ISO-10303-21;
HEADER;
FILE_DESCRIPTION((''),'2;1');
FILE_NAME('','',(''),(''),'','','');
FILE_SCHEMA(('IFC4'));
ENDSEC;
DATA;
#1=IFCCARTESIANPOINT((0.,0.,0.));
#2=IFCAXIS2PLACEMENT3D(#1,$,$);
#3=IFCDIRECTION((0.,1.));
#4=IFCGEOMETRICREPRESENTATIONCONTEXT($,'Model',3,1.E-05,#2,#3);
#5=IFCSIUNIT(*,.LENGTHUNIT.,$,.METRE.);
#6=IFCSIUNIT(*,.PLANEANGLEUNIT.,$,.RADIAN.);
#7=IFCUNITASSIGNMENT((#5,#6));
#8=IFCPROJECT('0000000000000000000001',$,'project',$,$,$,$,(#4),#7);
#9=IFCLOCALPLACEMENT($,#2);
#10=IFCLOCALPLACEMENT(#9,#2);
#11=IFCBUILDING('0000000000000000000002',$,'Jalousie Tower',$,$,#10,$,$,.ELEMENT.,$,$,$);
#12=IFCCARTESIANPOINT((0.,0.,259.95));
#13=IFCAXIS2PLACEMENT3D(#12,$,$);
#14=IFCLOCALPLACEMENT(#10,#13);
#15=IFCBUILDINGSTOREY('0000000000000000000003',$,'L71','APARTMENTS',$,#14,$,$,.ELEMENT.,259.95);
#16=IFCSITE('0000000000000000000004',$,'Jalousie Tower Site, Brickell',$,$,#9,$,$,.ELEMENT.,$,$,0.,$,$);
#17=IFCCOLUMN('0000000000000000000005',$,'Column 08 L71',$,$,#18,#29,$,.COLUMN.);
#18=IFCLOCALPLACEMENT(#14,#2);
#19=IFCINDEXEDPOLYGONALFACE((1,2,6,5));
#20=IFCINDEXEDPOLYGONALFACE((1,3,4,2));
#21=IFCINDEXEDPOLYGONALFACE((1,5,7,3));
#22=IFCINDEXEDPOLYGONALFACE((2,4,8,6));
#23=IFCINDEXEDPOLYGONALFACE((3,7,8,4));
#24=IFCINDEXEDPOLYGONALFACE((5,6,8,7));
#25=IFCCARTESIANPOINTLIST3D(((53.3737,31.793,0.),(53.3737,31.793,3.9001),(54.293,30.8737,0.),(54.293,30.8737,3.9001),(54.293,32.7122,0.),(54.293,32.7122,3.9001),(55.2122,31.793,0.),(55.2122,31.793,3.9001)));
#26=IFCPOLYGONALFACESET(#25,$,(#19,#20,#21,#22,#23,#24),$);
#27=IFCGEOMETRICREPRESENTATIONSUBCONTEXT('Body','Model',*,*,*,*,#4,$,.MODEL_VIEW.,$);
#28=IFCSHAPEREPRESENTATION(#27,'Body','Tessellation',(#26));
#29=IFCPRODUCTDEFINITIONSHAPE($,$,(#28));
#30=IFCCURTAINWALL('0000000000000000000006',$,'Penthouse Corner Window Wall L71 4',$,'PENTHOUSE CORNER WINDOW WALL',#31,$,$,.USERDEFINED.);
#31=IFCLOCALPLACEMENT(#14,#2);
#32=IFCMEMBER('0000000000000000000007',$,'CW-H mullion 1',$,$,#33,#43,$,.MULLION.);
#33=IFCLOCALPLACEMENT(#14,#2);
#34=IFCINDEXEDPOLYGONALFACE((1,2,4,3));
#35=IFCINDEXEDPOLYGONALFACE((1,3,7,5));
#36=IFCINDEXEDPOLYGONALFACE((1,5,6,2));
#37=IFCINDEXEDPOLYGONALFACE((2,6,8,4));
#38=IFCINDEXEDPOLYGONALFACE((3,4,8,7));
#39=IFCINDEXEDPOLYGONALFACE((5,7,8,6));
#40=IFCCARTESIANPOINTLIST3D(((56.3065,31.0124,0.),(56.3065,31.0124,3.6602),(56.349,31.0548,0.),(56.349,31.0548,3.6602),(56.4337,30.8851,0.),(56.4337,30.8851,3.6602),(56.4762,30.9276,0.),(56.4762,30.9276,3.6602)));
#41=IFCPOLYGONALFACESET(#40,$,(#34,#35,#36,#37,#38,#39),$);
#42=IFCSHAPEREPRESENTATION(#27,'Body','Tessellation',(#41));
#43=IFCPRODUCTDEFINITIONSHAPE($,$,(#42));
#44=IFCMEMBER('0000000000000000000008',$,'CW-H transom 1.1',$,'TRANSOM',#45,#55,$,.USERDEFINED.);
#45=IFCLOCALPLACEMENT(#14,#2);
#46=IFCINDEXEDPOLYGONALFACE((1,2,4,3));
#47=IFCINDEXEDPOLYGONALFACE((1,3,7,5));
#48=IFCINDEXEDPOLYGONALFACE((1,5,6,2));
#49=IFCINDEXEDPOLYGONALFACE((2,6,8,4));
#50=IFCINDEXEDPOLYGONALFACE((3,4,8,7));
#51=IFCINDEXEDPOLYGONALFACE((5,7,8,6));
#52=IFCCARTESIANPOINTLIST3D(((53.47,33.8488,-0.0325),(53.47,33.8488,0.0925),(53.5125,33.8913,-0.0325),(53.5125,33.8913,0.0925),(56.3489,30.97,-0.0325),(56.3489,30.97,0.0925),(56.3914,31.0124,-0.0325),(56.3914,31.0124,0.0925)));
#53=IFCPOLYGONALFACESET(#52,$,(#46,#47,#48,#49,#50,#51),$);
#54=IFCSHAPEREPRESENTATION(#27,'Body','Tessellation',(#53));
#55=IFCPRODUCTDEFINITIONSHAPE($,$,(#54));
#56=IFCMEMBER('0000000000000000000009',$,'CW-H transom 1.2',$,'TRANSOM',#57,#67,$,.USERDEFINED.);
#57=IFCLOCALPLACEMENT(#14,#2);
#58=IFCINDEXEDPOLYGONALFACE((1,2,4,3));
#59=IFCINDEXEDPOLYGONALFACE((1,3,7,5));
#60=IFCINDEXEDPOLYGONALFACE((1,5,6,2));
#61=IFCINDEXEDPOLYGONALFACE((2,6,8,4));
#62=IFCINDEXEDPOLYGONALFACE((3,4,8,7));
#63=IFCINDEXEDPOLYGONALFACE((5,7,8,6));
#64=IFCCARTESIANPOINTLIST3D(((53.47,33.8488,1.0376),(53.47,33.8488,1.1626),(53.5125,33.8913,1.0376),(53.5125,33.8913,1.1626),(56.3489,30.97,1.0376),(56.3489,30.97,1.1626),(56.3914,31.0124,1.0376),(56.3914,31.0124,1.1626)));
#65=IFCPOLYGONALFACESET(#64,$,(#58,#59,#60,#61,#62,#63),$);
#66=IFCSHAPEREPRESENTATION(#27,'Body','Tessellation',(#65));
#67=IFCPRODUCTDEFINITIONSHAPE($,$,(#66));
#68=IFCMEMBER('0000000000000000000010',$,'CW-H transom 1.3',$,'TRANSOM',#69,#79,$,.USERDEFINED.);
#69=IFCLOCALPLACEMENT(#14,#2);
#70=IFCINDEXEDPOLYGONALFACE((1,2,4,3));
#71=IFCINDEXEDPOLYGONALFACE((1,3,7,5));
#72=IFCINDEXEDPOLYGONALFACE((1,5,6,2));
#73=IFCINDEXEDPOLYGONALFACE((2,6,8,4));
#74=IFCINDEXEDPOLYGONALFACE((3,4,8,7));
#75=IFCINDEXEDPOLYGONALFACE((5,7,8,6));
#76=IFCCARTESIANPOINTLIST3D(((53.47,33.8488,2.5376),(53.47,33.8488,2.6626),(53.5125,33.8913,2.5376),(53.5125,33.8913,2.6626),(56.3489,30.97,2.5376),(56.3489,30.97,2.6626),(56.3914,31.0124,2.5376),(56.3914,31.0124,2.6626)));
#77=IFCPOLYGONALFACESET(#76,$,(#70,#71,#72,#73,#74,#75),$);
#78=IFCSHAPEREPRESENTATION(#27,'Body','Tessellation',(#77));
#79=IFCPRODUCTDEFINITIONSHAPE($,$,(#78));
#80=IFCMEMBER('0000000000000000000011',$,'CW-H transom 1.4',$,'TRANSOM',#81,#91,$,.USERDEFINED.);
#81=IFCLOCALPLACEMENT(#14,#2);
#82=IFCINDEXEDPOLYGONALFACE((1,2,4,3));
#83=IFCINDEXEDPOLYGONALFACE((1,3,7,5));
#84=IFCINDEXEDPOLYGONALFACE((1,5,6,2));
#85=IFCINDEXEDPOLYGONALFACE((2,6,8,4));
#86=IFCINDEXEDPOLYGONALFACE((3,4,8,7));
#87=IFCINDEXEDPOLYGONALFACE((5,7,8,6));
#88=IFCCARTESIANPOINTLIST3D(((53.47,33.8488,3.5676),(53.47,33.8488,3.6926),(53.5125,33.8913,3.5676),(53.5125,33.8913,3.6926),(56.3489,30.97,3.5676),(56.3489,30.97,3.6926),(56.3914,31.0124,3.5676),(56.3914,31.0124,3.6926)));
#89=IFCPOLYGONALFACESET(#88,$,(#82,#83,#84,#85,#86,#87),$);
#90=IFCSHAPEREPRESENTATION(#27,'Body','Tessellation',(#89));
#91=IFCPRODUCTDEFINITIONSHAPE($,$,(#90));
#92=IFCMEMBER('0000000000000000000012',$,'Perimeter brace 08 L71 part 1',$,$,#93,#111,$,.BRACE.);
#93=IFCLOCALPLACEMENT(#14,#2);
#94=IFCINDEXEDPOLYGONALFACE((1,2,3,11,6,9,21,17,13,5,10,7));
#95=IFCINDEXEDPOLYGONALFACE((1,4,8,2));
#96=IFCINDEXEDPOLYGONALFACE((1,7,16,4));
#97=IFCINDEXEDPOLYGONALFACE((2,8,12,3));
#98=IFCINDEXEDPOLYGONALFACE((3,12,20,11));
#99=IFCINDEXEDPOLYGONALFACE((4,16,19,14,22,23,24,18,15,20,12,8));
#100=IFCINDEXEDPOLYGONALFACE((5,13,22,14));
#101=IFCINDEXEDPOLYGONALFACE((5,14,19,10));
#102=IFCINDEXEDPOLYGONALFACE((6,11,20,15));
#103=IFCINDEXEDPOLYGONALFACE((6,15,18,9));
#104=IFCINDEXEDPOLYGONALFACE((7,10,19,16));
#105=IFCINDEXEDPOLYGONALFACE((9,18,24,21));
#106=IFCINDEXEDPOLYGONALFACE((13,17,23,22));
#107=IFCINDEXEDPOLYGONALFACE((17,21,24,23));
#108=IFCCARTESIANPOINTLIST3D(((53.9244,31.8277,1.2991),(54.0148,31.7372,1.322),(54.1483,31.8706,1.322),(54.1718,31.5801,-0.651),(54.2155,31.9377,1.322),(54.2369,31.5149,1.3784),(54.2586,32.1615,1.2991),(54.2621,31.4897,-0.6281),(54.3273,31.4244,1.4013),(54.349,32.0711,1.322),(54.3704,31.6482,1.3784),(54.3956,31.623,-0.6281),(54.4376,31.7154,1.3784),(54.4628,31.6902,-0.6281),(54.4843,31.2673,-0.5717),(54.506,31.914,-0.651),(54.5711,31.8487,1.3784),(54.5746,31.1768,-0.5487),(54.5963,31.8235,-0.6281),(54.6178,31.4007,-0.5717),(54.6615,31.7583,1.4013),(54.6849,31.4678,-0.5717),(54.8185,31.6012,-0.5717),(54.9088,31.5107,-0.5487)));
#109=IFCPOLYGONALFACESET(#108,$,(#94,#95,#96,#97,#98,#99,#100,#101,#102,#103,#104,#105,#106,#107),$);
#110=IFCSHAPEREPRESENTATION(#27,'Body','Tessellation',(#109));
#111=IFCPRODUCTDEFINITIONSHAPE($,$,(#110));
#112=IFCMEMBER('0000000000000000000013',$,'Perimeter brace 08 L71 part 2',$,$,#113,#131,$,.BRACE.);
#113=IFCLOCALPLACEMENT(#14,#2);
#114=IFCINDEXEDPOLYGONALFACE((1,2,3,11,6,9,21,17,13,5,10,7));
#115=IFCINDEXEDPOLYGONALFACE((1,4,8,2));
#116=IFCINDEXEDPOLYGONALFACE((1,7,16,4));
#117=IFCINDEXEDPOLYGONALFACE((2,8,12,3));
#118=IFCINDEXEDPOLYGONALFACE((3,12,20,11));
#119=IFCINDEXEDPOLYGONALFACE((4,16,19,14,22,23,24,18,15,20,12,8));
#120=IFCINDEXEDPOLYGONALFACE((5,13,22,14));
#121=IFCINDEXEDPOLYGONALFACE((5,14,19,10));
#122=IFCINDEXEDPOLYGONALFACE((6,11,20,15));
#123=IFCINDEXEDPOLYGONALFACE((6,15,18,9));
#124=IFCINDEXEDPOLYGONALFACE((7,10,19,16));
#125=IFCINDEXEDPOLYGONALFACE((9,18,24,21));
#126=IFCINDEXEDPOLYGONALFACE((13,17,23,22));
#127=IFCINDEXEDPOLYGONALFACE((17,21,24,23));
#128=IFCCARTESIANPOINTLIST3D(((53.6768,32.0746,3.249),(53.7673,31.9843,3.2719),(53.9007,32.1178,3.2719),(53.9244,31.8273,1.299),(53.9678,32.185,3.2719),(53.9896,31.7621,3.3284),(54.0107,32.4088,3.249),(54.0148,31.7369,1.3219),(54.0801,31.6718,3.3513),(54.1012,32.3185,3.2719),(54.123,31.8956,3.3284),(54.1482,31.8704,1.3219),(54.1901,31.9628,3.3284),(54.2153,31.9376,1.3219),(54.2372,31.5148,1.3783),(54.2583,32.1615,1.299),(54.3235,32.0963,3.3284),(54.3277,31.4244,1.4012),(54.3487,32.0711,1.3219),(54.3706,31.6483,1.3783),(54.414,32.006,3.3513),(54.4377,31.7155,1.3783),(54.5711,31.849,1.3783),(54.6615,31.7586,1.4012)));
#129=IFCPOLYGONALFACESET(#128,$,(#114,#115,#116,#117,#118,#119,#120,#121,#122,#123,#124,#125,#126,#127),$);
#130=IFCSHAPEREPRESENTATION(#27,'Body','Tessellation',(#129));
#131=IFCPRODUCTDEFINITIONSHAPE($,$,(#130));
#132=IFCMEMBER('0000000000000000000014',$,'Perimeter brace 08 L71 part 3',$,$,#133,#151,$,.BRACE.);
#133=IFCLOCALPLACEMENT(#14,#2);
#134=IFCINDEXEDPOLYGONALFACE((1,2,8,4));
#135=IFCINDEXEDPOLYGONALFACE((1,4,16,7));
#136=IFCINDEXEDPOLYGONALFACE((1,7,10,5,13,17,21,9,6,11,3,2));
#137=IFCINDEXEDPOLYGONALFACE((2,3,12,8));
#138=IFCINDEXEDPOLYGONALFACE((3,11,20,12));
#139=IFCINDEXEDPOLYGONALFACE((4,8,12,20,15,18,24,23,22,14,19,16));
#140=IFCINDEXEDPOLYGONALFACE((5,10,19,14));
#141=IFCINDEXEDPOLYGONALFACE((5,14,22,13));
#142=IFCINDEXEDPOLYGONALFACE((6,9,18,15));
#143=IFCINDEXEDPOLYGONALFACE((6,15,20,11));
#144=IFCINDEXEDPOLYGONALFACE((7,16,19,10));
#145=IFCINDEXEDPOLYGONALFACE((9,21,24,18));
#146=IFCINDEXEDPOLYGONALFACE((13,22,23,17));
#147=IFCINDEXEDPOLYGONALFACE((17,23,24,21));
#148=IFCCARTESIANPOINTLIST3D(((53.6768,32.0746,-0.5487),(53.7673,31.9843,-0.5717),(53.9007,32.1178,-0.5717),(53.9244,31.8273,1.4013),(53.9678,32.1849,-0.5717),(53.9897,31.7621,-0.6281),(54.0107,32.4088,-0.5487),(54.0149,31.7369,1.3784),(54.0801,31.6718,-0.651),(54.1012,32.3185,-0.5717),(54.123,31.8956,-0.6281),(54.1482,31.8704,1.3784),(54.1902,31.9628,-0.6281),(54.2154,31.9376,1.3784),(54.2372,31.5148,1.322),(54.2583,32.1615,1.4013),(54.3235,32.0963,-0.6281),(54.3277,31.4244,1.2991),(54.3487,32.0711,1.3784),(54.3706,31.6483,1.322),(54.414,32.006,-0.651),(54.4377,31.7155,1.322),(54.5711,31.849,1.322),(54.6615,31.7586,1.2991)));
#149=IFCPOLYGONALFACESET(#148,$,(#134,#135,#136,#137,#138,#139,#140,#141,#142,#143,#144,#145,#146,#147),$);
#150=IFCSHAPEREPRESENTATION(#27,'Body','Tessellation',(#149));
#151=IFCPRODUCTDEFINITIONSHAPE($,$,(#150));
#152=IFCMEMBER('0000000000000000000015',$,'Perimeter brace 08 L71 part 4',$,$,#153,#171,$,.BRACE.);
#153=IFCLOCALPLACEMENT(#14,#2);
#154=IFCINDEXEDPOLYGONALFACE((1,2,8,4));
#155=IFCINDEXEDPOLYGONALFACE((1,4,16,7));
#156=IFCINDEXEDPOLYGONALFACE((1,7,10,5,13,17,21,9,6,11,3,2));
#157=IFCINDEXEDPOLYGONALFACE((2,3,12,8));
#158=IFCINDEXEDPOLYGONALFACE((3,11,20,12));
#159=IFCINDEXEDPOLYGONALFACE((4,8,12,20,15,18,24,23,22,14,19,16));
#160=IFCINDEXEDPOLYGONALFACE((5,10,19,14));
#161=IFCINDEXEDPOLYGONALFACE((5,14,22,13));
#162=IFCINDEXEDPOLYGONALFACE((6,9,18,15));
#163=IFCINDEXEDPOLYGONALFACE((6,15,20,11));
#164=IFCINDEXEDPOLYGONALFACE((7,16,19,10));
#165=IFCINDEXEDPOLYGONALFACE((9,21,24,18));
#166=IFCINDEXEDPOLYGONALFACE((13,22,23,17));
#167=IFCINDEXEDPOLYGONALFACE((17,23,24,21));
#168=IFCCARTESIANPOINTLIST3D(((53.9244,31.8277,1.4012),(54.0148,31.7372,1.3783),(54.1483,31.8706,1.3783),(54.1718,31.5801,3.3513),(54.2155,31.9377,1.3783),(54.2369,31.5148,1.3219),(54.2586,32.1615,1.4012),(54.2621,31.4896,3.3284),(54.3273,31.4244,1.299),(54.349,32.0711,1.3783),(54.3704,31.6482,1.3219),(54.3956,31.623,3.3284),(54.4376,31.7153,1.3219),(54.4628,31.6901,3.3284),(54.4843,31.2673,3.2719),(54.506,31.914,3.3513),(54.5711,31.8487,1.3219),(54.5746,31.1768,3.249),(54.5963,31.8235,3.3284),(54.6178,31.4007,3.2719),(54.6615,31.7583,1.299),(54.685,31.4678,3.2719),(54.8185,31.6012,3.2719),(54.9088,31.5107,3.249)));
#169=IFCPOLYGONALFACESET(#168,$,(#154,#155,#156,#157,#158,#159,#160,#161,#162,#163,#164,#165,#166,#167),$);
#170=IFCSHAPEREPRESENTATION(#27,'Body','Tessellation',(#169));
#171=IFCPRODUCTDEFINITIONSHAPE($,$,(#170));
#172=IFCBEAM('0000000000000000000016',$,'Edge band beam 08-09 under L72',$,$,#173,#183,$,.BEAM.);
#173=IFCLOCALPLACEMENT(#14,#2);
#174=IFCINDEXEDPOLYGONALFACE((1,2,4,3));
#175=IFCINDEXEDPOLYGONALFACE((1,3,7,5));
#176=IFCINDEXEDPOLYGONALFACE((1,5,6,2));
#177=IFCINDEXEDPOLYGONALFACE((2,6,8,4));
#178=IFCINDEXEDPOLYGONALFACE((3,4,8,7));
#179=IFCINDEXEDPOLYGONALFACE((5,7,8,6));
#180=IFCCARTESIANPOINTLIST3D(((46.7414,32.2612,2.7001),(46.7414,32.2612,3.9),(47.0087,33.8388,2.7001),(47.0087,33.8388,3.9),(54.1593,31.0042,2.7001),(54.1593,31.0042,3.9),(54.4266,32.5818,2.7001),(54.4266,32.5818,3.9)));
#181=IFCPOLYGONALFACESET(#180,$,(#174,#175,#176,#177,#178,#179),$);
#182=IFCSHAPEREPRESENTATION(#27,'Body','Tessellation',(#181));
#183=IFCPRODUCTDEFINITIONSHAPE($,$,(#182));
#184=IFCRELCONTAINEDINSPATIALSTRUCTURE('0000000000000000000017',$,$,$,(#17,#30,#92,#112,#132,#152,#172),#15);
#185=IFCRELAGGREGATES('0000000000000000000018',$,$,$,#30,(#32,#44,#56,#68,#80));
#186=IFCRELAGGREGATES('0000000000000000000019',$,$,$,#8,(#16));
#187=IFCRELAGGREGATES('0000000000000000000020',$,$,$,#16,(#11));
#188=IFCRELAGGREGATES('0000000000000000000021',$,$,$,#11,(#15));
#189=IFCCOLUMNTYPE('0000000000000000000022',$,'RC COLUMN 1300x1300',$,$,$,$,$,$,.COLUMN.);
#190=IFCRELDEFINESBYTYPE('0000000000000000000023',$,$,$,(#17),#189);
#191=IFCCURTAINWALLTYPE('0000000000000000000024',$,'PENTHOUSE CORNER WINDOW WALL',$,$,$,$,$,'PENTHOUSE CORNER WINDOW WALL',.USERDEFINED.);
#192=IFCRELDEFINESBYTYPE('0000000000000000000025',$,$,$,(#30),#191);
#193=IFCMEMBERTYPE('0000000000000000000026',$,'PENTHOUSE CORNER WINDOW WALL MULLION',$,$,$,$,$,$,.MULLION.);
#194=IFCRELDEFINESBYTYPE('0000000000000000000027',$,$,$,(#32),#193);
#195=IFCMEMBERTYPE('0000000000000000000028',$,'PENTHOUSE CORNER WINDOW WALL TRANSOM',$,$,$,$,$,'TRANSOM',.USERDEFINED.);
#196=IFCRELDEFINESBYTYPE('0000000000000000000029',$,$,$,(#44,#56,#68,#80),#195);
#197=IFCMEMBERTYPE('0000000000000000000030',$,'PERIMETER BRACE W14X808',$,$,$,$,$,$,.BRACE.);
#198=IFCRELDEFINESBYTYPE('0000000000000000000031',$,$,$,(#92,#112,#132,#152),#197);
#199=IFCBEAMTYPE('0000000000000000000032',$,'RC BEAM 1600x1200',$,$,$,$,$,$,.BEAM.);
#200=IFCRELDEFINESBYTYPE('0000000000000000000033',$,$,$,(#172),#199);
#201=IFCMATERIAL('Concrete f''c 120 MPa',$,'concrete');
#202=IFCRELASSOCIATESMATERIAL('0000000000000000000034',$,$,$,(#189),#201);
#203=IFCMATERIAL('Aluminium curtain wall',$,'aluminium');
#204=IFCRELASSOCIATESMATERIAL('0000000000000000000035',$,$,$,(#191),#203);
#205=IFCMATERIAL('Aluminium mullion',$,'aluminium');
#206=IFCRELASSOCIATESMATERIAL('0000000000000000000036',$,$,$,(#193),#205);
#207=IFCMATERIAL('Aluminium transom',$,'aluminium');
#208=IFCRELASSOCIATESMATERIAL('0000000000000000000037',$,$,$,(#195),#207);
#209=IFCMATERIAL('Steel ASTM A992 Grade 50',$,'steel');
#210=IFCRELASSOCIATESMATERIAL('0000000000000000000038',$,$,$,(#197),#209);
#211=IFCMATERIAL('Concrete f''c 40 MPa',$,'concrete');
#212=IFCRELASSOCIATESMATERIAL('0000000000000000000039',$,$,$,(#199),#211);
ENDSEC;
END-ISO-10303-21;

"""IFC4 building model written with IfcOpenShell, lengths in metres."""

from ifc_helpers import new_model, si_unit, direction, frame, origin, origin_2d, place, context, subcontext, project, spatial, rectangle, i_section, extrude, material, material_profile, profile_set, type_object, element, aggregate, save


model = new_model("IFC4")

# Units and contexts
model_context = context("Model", 3, precision=1e-05, world=origin(), true_north=direction((0.0, 1.0)))
body_context = subcontext(model_context, "Body", "Model", "MODEL_VIEW")
ifc_project = project(units=[si_unit("LENGTHUNIT", "METRE"), si_unit("PLANEANGLEUNIT", "RADIAN")], contexts=[model_context])

# Site, building, storey
site_placement = place(None, origin())
site = spatial("IfcSite", under=ifc_project, at=site_placement, Name="Jalousie Tower Site, Brickell", CompositionType="ELEMENT", RefElevation=0.0)
building_placement = place(site_placement, origin())
building = spatial("IfcBuilding", under=site, at=building_placement, Name="Jalousie Tower", CompositionType="ELEMENT")
storey_placement = place(building_placement, frame((0.0, 0.0, 259.95)))
storey = spatial("IfcBuildingStorey", under=building, at=storey_placement, Name="L71", Description="APARTMENTS", CompositionType="ELEMENT", Elevation=259.95)

# Column
ifc_material_1 = material(Name="Concrete f'c 120 MPa", Category="concrete")
ifc_material_profile_1 = material_profile(ifc_material_1, rectangle(XDim=1.3, YDim=1.3, at=origin_2d()), Name="RC 1300x1300")
ifc_profile_set_1 = profile_set([ifc_material_profile_1], Name="Concrete f'c 120 MPa")
column_type = type_object("IfcColumnType", Name="RC COLUMN 1300x1300", PredefinedType="COLUMN", material=ifc_profile_set_1)
column_placement = place(storey_placement, frame((54.293, 31.793, 0.0), z_axis=(0.0, 0.0, 1.0), x_axis=(0.707107, 0.707107, 0.0)))
element("IfcColumn", 1, at=column_placement, inside=storey, type_object=column_type, Name="Column 08 L71", PredefinedType="COLUMN", context=body_context, shape_type="SweptSolid", body=[
    extrude(rectangle(XDim=1.3, YDim=1.3, at=origin_2d()), origin(), (0.0, 0.0, 1.0), 3.9001),
])

# Curtain wall, members
ifc_material_2 = material(Name="Aluminium curtain wall", Category="aluminium")
curtain_wall_type_1 = type_object("IfcCurtainWallType", Name="PENTHOUSE CORNER WINDOW WALL", ElementType="PENTHOUSE CORNER WINDOW WALL", PredefinedType="USERDEFINED", material=ifc_material_2)
curtain_wall_1_placement = place(storey_placement, origin())
curtain_wall_1 = element("IfcCurtainWall", 2, at=curtain_wall_1_placement, inside=storey, type_object=curtain_wall_type_1, Name="Penthouse Corner Window Wall L71 4", ObjectType="PENTHOUSE CORNER WINDOW WALL", PredefinedType="USERDEFINED")
ifc_material_3 = material(Name="Aluminium mullion", Category="aluminium")
ifc_material_profile_2 = material_profile(ifc_material_3, rectangle(XDim=0.0601, YDim=0.1799, at=origin_2d()), Name="MULLION 60x180")
ifc_profile_set_2 = profile_set([ifc_material_profile_2], Name="Aluminium mullion")
member_type_1 = type_object("IfcMemberType", Name="PENTHOUSE CORNER WINDOW WALL MULLION", PredefinedType="MULLION", material=ifc_profile_set_2)
member_1_placement = place(storey_placement, frame((56.3914, 30.97, 0.0), z_axis=(0.0, 0.0, 1.0), x_axis=(-0.707107, -0.707107, 0.0)))
member_1 = element("IfcMember", 3, at=member_1_placement, type_object=member_type_1, Name="CW-H mullion 1", PredefinedType="MULLION", context=body_context, shape_type="SweptSolid", body=[
    extrude(rectangle(XDim=0.0601, YDim=0.1799, at=origin_2d()), origin(), (0.0, 0.0, 1.0), 3.6602),
])
ifc_material_4 = material(Name="Aluminium transom", Category="aluminium")
ifc_material_profile_3 = material_profile(ifc_material_4, rectangle(XDim=0.0601, YDim=0.125, at=origin_2d()), Name="TRANSOM 60x125")
ifc_profile_set_3 = profile_set([ifc_material_profile_3], Name="Aluminium transom")
member_type_2 = type_object("IfcMemberType", Name="PENTHOUSE CORNER WINDOW WALL TRANSOM", ElementType="TRANSOM", PredefinedType="USERDEFINED", material=ifc_profile_set_3)
member_2_placement = place(storey_placement, frame((56.3701, 30.9912, 0.03), z_axis=(-0.707107, 0.707107, 0.0), x_axis=(-0.707107, -0.707107, 0.0)))
member_2 = element("IfcMember", 4, at=member_2_placement, type_object=member_type_2, Name="CW-H transom 1.1", ObjectType="TRANSOM", PredefinedType="USERDEFINED", context=body_context, shape_type="SweptSolid", body=[
    extrude(rectangle(XDim=0.0601, YDim=0.125, at=origin_2d()), origin(), (0.0, 0.0, 1.0), 4.0713),
])
member_3_placement = place(storey_placement, frame((56.3701, 30.9912, 1.1001), z_axis=(-0.707107, 0.707107, 0.0), x_axis=(-0.707107, -0.707107, 0.0)))
member_3 = element("IfcMember", 5, at=member_3_placement, type_object=member_type_2, Name="CW-H transom 1.2", ObjectType="TRANSOM", PredefinedType="USERDEFINED", context=body_context, shape_type="SweptSolid", body=[
    extrude(rectangle(XDim=0.0601, YDim=0.125, at=origin_2d()), origin(), (0.0, 0.0, 1.0), 4.0713),
])
member_4_placement = place(storey_placement, frame((56.3701, 30.9912, 2.6001), z_axis=(-0.707107, 0.707107, 0.0), x_axis=(-0.707107, -0.707107, 0.0)))
member_4 = element("IfcMember", 6, at=member_4_placement, type_object=member_type_2, Name="CW-H transom 1.3", ObjectType="TRANSOM", PredefinedType="USERDEFINED", context=body_context, shape_type="SweptSolid", body=[
    extrude(rectangle(XDim=0.0601, YDim=0.125, at=origin_2d()), origin(), (0.0, 0.0, 1.0), 4.0713),
])
member_5_placement = place(storey_placement, frame((56.3701, 30.9912, 3.6301), z_axis=(-0.707107, 0.707107, 0.0), x_axis=(-0.707107, -0.707107, 0.0)))
member_5 = element("IfcMember", 7, at=member_5_placement, type_object=member_type_2, Name="CW-H transom 1.4", ObjectType="TRANSOM", PredefinedType="USERDEFINED", context=body_context, shape_type="SweptSolid", body=[
    extrude(rectangle(XDim=0.0601, YDim=0.125, at=origin_2d()), origin(), (0.0, 0.0, 1.0), 4.0713),
])

# Members
ifc_material_5 = material(Name="Steel ASTM A992 Grade 50", Category="steel")
ifc_material_profile_4 = material_profile(ifc_material_5, i_section(OverallWidth=0.4724, OverallDepth=0.5791, WebThickness=0.095, FlangeThickness=0.1299, at=origin_2d()), Name="W14X808")
ifc_profile_set_4 = profile_set([ifc_material_profile_4], Name="Steel ASTM A992 Grade 50")
member_type_3 = type_object("IfcMemberType", Name="PERIMETER BRACE W14X808", PredefinedType="BRACE", material=ifc_profile_set_4)
for number, where, z_axis, x_axis, name in (
    (8, (54.5403, 31.5454, -0.5999), (-0.124837, 0.12496, 0.984277), (-0.707456, -0.706758, 0.0), "Perimeter brace 08 L71 part 1"),
    (9, (54.293, 31.793, 1.3501), (-0.12496, 0.124837, 0.984277), (-0.706758, -0.707456, 0.0), "Perimeter brace 08 L71 part 2"),
    (10, (54.0454, 32.0403, -0.5999), (0.12496, -0.124837, 0.984277), (0.706758, 0.707456, 0.0), "Perimeter brace 08 L71 part 3"),
    (11, (54.293, 31.793, 1.3501), (0.124837, -0.12496, 0.984277), (0.707456, 0.706758, 0.0), "Perimeter brace 08 L71 part 4"),
):
    element("IfcMember", number, at=place(storey_placement, frame(where, z_axis=z_axis, x_axis=x_axis)), inside=storey, type_object=member_type_3, Name=name, PredefinedType="BRACE", context=body_context, shape_type="SweptSolid", body=[
        extrude(i_section(OverallWidth=0.4724, OverallDepth=0.5791, WebThickness=0.095, FlangeThickness=0.1299, at=origin_2d()), origin(), (0.0, 0.0, 1.0), 1.9812),
    ])

# Beam
ifc_material_6 = material(Name="Concrete f'c 40 MPa", Category="concrete")
ifc_material_profile_5 = material_profile(ifc_material_6, rectangle(XDim=1.6001, YDim=1.2, at=origin_2d()), Name="RC 1600x1200")
ifc_profile_set_5 = profile_set([ifc_material_profile_5], Name="Concrete f'c 40 MPa")
beam_type = type_object("IfcBeamType", Name="RC BEAM 1600x1200", PredefinedType="BEAM", material=ifc_profile_set_5)
beam_placement = place(storey_placement, frame((54.293, 31.793, 3.3), z_axis=(-0.985943, 0.167082, 0.0), x_axis=(-0.167082, -0.985943, 0.0)))
element("IfcBeam", 12, at=beam_placement, inside=storey, type_object=beam_type, Name="Edge band beam 08-09 under L72", PredefinedType="BEAM", context=body_context, shape_type="SweptSolid", body=[
    extrude(rectangle(XDim=1.6001, YDim=1.2, at=origin_2d()), origin(), (0.0, 0.0, 1.0), 7.5237),
])

aggregate(curtain_wall_1, [member_1, member_2, member_3, member_4, member_5])

save(model, "model.ifc")
